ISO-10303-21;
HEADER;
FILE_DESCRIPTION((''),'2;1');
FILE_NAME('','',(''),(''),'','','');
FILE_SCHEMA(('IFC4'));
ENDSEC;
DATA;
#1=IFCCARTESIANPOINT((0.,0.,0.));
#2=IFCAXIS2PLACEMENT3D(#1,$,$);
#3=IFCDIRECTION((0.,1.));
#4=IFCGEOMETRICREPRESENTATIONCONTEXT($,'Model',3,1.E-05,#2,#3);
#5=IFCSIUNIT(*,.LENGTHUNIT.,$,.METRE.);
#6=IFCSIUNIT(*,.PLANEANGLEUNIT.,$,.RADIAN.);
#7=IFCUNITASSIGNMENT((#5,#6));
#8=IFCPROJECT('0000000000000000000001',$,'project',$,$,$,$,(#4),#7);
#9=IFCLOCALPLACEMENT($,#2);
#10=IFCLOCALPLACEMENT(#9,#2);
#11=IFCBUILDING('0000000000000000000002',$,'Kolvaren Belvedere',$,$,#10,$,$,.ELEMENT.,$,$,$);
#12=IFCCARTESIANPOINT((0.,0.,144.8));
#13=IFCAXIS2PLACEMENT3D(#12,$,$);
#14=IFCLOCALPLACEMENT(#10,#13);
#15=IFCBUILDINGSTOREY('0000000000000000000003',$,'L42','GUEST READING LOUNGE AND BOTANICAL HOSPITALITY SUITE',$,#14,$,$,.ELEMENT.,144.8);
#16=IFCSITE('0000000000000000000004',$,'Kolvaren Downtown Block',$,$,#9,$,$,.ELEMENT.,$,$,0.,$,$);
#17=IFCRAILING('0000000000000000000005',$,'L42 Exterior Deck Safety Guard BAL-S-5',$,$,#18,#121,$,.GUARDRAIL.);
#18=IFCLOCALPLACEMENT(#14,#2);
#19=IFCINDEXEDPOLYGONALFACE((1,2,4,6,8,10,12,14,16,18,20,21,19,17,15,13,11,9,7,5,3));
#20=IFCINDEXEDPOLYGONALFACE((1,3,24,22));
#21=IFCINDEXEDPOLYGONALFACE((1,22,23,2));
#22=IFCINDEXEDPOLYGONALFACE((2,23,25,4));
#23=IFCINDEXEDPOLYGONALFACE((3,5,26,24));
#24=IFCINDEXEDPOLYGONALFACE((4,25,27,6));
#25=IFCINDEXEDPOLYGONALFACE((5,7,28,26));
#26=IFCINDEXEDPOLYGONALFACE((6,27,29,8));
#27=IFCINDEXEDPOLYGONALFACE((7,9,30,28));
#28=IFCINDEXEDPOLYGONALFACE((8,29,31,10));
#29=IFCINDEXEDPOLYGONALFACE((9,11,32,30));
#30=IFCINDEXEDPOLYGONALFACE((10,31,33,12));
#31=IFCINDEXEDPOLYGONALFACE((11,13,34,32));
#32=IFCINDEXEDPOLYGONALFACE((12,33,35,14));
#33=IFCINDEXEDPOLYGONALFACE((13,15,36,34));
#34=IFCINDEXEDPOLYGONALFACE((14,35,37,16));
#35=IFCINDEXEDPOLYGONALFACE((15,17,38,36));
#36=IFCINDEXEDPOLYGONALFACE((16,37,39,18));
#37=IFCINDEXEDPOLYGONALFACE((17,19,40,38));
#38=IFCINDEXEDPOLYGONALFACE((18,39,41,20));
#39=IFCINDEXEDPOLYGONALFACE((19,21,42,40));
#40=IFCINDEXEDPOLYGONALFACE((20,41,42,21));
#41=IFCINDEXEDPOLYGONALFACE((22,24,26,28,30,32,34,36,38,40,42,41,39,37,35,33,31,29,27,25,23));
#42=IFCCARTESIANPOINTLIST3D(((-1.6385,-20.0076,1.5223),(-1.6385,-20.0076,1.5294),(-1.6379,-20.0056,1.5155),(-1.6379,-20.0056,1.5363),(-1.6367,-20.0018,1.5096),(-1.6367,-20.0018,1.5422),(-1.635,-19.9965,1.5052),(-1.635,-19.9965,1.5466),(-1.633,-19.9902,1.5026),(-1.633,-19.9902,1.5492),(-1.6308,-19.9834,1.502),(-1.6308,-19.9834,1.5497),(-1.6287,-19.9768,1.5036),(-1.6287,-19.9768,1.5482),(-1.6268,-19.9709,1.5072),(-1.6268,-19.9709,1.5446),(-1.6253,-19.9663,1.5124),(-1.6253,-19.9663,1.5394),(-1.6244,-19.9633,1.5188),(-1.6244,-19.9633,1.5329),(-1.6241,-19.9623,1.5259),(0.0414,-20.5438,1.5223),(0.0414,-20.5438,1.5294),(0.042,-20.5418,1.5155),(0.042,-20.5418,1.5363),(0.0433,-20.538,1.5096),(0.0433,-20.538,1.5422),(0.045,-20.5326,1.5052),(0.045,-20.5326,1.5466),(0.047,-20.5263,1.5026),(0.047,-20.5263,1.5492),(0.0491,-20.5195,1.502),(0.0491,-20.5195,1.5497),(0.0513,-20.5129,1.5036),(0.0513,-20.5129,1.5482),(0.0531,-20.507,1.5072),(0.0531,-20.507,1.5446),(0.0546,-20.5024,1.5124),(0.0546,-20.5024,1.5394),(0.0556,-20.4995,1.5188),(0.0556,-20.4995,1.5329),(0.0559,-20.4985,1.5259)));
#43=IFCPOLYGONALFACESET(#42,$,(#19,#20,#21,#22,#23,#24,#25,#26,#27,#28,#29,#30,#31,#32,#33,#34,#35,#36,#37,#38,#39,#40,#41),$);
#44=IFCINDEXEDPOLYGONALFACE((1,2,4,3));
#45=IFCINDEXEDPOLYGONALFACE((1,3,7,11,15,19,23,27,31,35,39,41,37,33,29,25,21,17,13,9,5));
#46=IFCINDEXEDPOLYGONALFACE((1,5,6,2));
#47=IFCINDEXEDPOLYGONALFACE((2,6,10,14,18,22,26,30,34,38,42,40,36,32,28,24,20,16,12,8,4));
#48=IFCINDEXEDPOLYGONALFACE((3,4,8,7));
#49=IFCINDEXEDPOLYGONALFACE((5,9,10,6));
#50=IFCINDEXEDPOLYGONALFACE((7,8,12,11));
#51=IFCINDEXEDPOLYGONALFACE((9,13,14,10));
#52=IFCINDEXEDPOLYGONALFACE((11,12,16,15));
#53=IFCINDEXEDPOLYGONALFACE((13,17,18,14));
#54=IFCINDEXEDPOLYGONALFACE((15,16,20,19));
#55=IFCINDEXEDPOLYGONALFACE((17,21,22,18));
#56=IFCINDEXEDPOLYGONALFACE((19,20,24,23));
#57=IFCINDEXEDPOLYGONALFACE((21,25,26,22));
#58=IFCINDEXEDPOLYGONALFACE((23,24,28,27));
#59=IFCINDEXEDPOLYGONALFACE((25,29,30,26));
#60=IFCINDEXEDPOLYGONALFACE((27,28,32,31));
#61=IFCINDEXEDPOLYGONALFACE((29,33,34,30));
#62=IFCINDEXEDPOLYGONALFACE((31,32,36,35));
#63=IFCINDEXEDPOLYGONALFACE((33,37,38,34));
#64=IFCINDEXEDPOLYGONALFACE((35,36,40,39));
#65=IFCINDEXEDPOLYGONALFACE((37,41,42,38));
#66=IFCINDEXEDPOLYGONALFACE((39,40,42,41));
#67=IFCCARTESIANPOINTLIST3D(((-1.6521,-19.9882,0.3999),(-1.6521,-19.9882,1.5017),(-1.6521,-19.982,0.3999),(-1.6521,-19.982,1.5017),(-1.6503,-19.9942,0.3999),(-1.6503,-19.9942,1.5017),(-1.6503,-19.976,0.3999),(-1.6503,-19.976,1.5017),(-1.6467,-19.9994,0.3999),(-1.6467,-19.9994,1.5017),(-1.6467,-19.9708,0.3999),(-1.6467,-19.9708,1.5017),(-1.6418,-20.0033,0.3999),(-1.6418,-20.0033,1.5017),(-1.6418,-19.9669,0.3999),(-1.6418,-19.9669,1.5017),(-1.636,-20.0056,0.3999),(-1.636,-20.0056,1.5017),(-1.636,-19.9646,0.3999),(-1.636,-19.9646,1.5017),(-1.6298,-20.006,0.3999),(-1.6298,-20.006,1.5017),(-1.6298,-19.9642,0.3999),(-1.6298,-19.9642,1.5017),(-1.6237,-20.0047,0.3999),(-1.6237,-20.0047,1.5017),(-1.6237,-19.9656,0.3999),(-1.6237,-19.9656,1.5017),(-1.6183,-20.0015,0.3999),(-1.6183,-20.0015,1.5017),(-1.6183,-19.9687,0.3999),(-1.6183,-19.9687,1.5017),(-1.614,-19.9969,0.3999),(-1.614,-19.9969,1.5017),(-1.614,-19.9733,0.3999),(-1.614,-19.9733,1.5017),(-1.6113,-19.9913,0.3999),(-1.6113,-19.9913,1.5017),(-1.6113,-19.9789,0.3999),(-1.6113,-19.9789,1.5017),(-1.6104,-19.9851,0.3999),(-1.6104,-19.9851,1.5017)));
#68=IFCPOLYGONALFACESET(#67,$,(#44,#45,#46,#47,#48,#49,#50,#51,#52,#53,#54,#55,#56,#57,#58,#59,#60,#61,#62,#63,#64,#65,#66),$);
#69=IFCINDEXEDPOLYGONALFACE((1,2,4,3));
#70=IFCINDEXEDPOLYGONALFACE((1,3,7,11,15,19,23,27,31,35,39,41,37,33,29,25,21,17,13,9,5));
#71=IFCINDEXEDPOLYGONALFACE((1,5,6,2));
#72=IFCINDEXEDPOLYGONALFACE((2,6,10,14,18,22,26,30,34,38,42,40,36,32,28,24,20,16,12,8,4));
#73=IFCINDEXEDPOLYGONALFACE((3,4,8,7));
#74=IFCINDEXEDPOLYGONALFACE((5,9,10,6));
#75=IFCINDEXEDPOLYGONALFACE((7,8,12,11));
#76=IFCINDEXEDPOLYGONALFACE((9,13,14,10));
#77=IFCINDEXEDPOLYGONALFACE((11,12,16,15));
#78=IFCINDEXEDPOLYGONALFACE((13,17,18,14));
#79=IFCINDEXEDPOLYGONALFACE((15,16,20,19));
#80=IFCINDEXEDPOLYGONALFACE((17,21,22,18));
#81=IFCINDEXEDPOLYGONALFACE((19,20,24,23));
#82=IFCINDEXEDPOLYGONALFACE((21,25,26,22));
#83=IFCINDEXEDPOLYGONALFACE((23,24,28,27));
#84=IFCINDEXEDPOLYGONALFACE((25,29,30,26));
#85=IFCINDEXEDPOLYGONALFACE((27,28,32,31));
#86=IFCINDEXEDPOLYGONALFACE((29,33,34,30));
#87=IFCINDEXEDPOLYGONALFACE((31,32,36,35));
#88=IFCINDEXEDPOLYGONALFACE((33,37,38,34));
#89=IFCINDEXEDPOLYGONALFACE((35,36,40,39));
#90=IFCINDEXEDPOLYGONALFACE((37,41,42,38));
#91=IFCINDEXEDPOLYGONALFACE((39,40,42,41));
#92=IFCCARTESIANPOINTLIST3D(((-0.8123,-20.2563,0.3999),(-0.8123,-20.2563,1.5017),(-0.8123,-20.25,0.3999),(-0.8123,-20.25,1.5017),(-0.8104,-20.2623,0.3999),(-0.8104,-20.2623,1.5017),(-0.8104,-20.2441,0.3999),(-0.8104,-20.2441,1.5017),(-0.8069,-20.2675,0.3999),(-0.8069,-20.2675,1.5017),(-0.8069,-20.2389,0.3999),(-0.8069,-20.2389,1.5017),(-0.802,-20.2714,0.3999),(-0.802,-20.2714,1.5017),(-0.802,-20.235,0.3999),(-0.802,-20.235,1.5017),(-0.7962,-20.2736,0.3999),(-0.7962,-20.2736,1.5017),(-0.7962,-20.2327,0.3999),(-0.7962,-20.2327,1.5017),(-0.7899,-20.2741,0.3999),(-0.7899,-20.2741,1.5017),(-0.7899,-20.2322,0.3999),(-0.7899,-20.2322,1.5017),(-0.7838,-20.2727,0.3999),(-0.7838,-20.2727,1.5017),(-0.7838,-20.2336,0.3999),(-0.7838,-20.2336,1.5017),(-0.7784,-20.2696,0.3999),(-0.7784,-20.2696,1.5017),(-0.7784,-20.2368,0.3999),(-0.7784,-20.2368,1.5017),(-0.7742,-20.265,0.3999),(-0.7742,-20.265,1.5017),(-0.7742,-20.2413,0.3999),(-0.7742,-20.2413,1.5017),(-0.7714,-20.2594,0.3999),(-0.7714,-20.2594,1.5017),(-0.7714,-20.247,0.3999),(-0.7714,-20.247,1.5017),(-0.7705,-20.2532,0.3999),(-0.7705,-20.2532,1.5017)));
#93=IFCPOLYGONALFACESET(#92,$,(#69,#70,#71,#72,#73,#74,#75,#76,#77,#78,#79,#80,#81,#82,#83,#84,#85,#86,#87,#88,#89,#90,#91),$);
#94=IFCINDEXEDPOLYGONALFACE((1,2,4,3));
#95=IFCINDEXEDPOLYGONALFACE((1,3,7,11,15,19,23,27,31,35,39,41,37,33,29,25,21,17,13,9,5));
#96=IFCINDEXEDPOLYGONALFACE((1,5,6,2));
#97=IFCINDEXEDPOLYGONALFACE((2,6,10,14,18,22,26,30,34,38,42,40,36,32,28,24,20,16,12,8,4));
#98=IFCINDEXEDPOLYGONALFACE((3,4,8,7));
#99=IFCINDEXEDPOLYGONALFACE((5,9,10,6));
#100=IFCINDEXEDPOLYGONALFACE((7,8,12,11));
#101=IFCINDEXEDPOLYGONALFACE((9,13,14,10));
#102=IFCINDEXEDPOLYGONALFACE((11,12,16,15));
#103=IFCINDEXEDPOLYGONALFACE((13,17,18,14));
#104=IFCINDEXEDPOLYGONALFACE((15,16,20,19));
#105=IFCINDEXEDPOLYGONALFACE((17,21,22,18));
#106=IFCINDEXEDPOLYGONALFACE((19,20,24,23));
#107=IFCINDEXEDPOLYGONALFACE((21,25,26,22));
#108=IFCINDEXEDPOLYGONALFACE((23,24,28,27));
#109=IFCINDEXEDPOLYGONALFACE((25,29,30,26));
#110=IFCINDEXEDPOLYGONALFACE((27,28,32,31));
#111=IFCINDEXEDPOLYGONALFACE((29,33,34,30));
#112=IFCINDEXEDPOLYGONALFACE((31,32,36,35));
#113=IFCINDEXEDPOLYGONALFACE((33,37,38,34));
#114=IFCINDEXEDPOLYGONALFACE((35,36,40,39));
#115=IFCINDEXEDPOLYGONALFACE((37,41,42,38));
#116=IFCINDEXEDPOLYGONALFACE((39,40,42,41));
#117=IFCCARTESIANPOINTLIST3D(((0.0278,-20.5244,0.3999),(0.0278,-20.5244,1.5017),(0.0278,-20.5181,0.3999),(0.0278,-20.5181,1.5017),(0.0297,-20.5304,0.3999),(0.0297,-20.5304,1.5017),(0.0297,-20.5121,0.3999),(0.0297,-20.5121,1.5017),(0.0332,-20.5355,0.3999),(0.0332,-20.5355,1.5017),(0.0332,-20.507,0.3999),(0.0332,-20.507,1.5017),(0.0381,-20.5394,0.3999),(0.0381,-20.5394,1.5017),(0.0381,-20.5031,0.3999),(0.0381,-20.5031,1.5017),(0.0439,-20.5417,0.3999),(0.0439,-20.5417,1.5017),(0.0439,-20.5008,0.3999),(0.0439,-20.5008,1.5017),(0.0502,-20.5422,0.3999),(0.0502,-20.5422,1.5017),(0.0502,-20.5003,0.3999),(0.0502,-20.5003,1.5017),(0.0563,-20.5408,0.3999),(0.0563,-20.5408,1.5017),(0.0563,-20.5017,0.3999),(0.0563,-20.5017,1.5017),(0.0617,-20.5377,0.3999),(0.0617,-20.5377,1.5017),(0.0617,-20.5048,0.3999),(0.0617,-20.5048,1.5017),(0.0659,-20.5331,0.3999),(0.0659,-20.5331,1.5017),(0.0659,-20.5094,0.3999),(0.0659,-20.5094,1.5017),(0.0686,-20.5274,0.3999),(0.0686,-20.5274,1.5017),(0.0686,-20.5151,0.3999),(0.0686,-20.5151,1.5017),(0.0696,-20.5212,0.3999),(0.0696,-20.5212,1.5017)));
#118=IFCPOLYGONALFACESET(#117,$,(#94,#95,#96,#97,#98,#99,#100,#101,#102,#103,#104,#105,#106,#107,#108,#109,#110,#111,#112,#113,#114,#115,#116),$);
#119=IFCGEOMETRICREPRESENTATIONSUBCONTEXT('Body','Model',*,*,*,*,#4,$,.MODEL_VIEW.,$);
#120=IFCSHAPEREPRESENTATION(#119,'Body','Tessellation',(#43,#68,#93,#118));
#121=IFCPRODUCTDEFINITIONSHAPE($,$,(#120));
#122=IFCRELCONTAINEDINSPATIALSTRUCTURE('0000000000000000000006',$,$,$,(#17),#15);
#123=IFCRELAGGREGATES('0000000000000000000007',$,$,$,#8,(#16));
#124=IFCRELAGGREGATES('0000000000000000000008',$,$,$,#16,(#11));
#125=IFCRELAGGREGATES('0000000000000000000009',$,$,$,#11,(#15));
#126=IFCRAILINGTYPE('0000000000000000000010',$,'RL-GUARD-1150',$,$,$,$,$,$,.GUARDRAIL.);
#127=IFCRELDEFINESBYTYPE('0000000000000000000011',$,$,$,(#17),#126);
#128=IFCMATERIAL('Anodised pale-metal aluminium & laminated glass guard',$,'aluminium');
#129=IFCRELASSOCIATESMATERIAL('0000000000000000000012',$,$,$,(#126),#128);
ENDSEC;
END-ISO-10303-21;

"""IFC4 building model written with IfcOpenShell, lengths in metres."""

from ifc_helpers import new_model, si_unit, direction, frame, origin, origin_2d, place, context, subcontext, project, spatial, circle, extrude, material, type_object, element, save


model = new_model("IFC4")

# Units and contexts
model_context = context("Model", 3, precision=1e-05, world=origin(), true_north=direction((0.0, 1.0)))
body_context = subcontext(model_context, "Body", "Model", "MODEL_VIEW")
ifc_project = project(units=[si_unit("LENGTHUNIT", "METRE"), si_unit("PLANEANGLEUNIT", "RADIAN")], contexts=[model_context])

# Site, building, storey
site_placement = place(None, origin())
site = spatial("IfcSite", under=ifc_project, at=site_placement, Name="Kolvaren Downtown Block", CompositionType="ELEMENT", RefElevation=0.0)
building_placement = place(site_placement, origin())
building = spatial("IfcBuilding", under=site, at=building_placement, Name="Kolvaren Belvedere", CompositionType="ELEMENT")
storey_placement = place(building_placement, frame((0.0, 0.0, 144.8)))
storey = spatial("IfcBuildingStorey", under=building, at=storey_placement, Name="L42", Description="GUEST READING LOUNGE AND BOTANICAL HOSPITALITY SUITE", CompositionType="ELEMENT", Elevation=144.8)

# Railing
ifc_material_1 = material(Name="Anodised pale-metal aluminium & laminated glass guard", Category="aluminium")
railing_type = type_object("IfcRailingType", Name="RL-GUARD-1150", PredefinedType="GUARDRAIL", material=ifc_material_1)
railing_1_placement = place(storey_placement, frame((-1.6313, -19.9851, 0.3999)))
element("IfcRailing", 1, at=railing_1_placement, inside=storey, type_object=railing_type, Name="L42 Exterior Deck Safety Guard BAL-S-5", PredefinedType="GUARDRAIL", context=body_context, shape_type="SweptSolid", body=[
    extrude(circle(Radius=0.0239, at=origin_2d()), frame((0.0, 0.0, 1.126), z_axis=(0.952662, -0.304032, 0.0), x_axis=(0.304032, 0.952662, 0.0)), (0.0, 0.0, 1.0), 1.7634),
    extrude(circle(Radius=0.021, at=origin_2d()), origin(), (0.0, 0.0, 1.0), 1.1018),
    extrude(circle(Radius=0.021, at=origin_2d()), frame((0.8398, -0.2681, 0.0)), (0.0, 0.0, 1.0), 1.1018),
    extrude(circle(Radius=0.021, at=origin_2d()), frame((1.6799, -0.5361, 0.0)), (0.0, 0.0, 1.0), 1.1018),
])

save(model, "model.ifc")
